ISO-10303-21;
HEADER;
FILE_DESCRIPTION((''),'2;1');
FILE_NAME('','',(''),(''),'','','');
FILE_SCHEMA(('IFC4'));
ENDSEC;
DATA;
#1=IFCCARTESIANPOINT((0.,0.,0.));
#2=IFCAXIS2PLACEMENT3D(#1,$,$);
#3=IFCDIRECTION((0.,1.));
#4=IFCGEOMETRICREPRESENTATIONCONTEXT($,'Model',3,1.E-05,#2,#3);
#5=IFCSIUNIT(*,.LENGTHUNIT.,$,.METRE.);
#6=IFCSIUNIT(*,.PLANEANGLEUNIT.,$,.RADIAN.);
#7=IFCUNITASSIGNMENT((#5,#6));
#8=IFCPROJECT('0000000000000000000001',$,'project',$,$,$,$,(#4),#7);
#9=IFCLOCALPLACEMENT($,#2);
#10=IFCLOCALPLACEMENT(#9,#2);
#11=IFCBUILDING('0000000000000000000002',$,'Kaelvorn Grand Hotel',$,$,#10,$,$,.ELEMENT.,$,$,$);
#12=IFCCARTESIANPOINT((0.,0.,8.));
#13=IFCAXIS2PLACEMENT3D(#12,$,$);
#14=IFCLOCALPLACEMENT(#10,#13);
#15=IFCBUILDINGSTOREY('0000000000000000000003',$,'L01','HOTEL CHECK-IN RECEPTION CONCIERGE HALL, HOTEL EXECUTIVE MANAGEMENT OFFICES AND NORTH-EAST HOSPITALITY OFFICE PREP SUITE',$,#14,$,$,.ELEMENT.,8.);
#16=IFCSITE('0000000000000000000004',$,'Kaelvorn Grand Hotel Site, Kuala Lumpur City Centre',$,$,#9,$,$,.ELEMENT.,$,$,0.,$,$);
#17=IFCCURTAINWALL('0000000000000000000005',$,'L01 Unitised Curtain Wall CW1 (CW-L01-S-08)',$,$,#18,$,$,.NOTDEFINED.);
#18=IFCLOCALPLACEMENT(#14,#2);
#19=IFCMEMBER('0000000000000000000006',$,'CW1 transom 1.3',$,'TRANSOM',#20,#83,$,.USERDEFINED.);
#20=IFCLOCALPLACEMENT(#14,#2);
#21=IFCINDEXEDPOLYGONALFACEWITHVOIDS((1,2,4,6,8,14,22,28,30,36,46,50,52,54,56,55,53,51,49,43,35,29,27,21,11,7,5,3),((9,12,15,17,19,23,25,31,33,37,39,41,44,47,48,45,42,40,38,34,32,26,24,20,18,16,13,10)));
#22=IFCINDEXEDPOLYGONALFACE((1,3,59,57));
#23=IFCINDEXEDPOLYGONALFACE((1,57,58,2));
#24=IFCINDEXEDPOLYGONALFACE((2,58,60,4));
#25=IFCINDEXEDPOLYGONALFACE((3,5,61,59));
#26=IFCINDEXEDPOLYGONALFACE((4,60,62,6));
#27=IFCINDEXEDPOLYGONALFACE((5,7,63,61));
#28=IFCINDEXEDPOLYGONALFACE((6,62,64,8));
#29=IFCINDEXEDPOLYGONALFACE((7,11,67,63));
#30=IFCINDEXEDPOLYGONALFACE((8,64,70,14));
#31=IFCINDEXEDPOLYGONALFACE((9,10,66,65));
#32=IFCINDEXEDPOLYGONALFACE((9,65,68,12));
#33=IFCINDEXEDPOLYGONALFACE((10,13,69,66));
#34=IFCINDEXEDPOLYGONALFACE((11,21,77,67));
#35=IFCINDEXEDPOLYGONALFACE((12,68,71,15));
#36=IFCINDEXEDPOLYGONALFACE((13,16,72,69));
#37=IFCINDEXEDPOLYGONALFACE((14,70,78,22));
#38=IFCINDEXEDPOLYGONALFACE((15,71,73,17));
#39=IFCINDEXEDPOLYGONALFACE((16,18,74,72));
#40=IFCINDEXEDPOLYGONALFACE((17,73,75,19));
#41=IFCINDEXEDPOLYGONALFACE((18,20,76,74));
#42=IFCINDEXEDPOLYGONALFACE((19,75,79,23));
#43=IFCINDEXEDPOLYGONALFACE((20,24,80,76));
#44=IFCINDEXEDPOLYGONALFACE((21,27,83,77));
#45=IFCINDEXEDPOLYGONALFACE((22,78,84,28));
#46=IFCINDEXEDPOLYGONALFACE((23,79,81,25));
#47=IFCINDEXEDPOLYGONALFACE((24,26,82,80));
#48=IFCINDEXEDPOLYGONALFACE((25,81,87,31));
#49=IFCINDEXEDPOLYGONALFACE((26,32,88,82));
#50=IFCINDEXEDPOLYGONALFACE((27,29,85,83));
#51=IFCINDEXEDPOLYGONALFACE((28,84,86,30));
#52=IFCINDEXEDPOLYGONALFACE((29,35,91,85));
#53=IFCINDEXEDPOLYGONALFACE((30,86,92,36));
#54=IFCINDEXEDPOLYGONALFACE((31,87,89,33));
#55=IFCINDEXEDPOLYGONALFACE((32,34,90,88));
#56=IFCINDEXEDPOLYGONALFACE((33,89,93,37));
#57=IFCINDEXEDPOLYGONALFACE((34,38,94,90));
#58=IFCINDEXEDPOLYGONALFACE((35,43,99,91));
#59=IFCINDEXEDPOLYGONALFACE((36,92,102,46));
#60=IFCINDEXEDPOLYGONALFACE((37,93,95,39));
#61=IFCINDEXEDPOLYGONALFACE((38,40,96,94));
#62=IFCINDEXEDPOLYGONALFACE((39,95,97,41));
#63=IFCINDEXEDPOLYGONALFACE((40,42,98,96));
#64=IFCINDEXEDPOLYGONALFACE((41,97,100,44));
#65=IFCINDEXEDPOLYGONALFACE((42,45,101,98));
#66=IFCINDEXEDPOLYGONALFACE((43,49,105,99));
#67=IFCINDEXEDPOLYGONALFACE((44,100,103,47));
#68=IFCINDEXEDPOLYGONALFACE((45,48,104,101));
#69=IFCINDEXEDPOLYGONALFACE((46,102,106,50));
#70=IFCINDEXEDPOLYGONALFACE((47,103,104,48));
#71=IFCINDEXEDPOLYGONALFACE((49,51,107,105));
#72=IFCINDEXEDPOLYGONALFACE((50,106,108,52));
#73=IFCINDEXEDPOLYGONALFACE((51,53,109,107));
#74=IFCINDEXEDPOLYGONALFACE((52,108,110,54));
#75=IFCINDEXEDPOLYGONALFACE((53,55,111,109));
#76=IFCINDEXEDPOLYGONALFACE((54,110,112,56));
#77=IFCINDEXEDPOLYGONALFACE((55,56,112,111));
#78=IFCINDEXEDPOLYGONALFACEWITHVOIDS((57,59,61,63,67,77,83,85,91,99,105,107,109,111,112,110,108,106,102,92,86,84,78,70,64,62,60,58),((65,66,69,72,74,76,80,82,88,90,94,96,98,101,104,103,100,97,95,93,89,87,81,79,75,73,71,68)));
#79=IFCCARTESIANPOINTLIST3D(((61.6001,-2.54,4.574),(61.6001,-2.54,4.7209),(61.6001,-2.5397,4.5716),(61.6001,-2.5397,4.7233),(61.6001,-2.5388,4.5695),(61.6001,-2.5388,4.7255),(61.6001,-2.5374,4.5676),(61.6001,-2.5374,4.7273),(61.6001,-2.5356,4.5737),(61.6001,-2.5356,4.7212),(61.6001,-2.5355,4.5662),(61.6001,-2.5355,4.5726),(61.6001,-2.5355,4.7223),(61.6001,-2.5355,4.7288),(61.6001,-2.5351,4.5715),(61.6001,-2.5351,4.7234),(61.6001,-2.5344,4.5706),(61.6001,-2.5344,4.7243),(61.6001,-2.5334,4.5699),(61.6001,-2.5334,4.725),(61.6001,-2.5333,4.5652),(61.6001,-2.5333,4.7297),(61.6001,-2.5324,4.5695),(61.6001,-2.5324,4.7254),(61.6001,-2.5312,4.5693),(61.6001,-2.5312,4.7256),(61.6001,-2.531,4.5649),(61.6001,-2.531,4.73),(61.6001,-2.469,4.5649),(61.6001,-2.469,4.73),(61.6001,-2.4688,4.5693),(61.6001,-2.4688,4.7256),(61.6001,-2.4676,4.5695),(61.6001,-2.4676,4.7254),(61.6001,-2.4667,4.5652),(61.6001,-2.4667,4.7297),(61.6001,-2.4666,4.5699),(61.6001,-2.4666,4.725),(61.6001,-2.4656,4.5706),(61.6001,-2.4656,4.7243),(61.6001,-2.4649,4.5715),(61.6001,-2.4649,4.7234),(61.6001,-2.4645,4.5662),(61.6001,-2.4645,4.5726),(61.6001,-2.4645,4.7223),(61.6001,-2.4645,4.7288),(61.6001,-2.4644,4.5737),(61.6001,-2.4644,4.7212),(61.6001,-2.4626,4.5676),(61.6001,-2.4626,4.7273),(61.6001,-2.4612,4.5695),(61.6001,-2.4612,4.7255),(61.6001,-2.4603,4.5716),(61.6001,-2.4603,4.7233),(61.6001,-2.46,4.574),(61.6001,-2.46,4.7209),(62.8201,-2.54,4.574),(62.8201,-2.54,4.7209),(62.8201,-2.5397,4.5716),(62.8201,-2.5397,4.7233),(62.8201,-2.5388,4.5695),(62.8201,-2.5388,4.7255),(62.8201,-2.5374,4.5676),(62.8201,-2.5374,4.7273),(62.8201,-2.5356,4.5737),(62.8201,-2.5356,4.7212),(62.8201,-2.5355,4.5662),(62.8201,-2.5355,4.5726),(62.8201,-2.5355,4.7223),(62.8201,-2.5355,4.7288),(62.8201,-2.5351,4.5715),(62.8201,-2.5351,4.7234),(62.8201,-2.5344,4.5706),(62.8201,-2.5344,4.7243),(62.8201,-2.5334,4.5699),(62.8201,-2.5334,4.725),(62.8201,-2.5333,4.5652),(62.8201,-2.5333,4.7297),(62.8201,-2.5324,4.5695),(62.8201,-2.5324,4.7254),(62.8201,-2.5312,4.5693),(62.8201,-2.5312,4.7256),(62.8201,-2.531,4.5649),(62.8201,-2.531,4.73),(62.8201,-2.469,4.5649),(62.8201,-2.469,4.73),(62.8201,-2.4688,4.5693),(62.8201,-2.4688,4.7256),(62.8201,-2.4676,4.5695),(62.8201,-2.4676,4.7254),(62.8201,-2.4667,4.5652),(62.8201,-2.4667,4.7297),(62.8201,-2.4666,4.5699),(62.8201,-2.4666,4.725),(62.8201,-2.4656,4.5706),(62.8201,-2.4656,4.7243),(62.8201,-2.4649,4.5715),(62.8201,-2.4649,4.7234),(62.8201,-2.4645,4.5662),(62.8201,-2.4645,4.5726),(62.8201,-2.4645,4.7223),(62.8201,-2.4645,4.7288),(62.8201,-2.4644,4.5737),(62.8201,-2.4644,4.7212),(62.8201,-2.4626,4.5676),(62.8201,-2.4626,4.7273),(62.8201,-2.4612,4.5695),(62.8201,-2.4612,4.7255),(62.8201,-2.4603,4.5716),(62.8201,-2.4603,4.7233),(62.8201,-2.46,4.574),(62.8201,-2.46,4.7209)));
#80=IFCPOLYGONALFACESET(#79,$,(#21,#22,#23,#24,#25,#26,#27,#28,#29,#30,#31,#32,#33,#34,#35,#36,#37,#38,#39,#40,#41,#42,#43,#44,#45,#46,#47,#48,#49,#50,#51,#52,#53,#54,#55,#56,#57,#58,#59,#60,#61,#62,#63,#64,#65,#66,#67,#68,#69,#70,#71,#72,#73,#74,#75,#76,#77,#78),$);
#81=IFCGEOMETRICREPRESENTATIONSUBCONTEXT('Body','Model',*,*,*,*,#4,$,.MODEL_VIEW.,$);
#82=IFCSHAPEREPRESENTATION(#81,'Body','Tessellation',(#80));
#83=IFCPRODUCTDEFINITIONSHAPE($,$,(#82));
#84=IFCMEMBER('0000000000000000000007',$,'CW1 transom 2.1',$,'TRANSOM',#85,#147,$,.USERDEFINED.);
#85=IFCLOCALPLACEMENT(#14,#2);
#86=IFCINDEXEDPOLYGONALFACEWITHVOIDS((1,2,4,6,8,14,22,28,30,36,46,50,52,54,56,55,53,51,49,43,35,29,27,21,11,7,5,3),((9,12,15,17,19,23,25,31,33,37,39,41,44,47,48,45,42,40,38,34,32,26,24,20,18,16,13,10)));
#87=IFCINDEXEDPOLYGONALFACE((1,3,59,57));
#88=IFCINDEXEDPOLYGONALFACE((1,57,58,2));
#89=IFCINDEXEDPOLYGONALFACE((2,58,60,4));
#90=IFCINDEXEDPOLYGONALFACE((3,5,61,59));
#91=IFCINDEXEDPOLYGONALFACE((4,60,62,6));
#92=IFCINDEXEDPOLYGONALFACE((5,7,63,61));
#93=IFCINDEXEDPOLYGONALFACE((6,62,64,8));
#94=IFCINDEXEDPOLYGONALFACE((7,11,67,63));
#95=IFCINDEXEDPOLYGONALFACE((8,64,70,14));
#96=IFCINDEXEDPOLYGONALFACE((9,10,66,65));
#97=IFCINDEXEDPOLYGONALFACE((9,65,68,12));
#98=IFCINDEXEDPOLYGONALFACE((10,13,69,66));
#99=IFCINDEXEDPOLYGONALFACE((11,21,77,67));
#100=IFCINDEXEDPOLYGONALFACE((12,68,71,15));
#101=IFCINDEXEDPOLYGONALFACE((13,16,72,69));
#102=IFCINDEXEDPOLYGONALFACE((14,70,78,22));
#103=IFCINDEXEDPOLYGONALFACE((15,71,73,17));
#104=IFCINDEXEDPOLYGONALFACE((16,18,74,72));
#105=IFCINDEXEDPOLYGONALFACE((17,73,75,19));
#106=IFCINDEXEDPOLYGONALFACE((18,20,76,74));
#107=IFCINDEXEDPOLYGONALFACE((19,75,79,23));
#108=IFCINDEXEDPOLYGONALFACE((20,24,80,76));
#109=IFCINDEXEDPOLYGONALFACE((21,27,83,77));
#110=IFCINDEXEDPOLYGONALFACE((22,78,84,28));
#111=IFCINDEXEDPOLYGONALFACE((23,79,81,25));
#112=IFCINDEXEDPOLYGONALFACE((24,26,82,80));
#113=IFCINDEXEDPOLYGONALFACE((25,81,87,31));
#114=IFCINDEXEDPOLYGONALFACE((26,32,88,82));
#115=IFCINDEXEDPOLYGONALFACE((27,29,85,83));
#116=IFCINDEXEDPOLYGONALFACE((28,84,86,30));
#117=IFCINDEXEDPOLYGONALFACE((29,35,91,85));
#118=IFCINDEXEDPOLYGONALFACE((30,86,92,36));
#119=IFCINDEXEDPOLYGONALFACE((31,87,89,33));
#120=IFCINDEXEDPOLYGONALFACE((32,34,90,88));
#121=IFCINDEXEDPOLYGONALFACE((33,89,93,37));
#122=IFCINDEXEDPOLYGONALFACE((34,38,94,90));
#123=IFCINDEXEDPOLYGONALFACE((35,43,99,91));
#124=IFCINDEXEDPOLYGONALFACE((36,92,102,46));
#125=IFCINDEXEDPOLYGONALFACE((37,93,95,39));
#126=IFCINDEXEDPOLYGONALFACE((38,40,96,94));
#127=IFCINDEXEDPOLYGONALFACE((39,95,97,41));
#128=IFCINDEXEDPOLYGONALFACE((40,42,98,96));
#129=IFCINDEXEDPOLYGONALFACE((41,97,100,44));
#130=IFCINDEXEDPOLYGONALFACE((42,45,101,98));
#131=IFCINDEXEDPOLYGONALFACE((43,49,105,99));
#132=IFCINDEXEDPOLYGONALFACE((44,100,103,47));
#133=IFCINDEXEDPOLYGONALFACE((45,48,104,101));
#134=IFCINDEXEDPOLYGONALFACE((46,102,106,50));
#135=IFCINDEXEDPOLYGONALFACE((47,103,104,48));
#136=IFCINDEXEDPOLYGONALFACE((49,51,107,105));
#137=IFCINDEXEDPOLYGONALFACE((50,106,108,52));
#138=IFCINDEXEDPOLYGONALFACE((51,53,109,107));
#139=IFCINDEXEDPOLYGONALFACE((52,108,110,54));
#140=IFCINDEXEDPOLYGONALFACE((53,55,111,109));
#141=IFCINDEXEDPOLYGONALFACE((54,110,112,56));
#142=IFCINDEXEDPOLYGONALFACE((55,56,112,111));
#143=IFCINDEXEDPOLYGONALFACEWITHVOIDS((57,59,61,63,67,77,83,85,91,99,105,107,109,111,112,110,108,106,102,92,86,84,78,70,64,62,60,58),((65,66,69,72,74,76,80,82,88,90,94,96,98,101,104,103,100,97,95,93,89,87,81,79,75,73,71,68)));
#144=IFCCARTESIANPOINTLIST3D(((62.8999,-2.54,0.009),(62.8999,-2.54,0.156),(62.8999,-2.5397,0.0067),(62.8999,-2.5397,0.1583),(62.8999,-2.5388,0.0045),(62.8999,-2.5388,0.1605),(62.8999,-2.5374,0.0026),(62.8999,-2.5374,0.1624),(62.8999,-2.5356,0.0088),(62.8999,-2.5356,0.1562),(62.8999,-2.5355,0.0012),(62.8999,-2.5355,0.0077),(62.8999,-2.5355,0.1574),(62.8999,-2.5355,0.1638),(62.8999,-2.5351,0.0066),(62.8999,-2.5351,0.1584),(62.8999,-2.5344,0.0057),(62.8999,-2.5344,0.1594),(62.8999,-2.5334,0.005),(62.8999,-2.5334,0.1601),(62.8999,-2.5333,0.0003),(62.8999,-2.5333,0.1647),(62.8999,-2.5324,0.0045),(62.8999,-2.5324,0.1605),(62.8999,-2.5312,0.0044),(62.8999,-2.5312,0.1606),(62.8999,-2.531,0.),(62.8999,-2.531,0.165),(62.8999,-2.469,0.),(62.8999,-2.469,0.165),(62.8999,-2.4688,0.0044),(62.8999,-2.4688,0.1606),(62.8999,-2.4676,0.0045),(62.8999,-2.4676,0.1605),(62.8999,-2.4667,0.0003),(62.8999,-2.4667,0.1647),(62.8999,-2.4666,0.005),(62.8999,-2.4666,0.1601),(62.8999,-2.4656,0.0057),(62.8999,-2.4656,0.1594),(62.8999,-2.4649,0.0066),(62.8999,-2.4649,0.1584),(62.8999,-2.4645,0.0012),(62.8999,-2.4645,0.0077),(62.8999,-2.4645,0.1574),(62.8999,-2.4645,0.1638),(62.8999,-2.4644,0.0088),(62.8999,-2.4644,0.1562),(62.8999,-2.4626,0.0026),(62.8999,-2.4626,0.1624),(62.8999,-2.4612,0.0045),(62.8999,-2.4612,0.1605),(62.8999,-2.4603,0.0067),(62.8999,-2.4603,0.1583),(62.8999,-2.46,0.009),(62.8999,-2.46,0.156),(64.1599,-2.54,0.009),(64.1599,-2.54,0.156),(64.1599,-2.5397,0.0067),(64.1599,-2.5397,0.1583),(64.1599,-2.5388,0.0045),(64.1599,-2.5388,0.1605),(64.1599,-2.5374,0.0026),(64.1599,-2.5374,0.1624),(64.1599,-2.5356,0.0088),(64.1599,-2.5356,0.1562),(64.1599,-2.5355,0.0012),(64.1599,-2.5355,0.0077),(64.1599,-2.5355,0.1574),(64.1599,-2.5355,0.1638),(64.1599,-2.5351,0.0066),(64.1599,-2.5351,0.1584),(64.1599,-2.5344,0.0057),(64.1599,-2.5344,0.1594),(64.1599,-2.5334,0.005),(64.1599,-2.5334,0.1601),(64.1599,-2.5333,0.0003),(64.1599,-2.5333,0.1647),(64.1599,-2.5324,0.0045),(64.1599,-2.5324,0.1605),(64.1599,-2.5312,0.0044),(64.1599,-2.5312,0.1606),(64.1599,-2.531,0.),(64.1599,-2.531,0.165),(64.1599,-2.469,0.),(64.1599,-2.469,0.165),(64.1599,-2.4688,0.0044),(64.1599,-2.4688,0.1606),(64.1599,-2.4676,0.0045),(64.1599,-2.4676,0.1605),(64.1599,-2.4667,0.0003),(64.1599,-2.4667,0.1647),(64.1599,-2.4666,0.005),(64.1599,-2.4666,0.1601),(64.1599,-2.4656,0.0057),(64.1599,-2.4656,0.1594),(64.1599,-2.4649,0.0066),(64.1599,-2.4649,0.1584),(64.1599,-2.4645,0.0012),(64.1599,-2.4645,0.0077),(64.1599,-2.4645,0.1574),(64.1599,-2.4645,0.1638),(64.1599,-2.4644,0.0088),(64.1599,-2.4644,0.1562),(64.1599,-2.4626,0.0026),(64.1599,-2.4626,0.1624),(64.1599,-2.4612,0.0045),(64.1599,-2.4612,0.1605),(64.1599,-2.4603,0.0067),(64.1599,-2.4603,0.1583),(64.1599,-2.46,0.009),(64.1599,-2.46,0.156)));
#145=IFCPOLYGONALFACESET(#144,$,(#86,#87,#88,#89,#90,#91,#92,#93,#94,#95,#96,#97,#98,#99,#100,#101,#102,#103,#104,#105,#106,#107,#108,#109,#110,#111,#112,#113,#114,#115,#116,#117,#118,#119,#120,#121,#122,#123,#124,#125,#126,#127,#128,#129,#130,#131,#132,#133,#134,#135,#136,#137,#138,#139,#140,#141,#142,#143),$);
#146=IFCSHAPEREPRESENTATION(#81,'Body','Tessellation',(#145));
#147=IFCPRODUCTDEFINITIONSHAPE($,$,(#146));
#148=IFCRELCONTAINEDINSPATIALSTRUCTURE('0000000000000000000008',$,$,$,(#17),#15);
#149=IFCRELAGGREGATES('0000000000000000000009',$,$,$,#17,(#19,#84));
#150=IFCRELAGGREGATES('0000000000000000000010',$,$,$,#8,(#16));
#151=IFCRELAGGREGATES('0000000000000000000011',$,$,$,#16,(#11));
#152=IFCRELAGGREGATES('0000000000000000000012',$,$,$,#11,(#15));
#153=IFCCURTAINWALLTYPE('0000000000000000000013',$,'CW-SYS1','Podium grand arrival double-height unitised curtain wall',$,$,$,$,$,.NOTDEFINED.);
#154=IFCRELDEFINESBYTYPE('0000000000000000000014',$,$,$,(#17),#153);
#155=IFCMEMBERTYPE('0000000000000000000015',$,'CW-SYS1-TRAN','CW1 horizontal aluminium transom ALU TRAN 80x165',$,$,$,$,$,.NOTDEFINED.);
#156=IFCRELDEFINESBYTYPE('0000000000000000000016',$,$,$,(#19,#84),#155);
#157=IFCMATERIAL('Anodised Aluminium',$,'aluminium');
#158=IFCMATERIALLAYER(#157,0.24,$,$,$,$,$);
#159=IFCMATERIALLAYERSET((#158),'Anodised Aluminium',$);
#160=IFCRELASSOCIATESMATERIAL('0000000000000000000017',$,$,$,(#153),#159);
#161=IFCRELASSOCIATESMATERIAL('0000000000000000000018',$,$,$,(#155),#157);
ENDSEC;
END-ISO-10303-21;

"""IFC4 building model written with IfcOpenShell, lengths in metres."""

from ifc_helpers import new_model, si_unit, direction, frame, origin, origin_2d, place, context, subcontext, project, spatial, hollow_rectangle, extrude, material, layer, layer_set, material_profile, profile_set, type_object, element, aggregate, save


model = new_model("IFC4")

# Units and contexts
model_context = context("Model", 3, precision=1e-05, world=origin(), true_north=direction((0.0, 1.0)))
body_context = subcontext(model_context, "Body", "Model", "MODEL_VIEW")
ifc_project = project(units=[si_unit("LENGTHUNIT", "METRE"), si_unit("PLANEANGLEUNIT", "RADIAN")], contexts=[model_context])

# Site, building, storey
site_placement = place(None, origin())
site = spatial("IfcSite", under=ifc_project, at=site_placement, Name="Kaelvorn Grand Hotel Site, Kuala Lumpur City Centre", CompositionType="ELEMENT", RefElevation=0.0)
building_placement = place(site_placement, origin())
building = spatial("IfcBuilding", under=site, at=building_placement, Name="Kaelvorn Grand Hotel", CompositionType="ELEMENT")
storey_placement = place(building_placement, frame((0.0, 0.0, 8.0)))
storey = spatial("IfcBuildingStorey", under=building, at=storey_placement, Name="L01", Description="HOTEL CHECK-IN RECEPTION CONCIERGE HALL, HOTEL EXECUTIVE MANAGEMENT OFFICES AND NORTH-EAST HOSPITALITY OFFICE PREP SUITE", CompositionType="ELEMENT", Elevation=8.0)

# Curtain wall
ifc_material_1 = material(Name="Anodised Aluminium", Category="aluminium")
ifc_layer_1 = layer(ifc_material_1, 0.24)
ifc_layer_set_1 = layer_set([ifc_layer_1], Name="Anodised Aluminium")
curtain_wall_type = type_object("IfcCurtainWallType", Name="CW-SYS1", Description="Podium grand arrival double-height unitised curtain wall", PredefinedType="NOTDEFINED", material=ifc_layer_set_1)
curtain_wall_1_placement = place(storey_placement, origin())
curtain_wall_1 = element("IfcCurtainWall", 1, at=curtain_wall_1_placement, inside=storey, type_object=curtain_wall_type, Name="L01 Unitised Curtain Wall CW1 (CW-L01-S-08)", PredefinedType="NOTDEFINED")

# Members
ifc_material_profile_1 = material_profile(ifc_material_1, hollow_rectangle(XDim=0.0801, YDim=0.165, WallThickness=0.0044, InnerFilletRadius=0.0044, OuterFilletRadius=0.009, at=origin_2d()), Name="ALU TRAN 80x165")
ifc_profile_set_1 = profile_set([ifc_material_profile_1], Name="Anodised Aluminium")
member_type_1 = type_object("IfcMemberType", Name="CW-SYS1-TRAN", Description="CW1 horizontal aluminium transom ALU TRAN 80x165", PredefinedType="NOTDEFINED", material=ifc_profile_set_1)
member_1_placement = place(storey_placement, frame((61.6001, -2.5, 4.6475), z_axis=(1.0, 0.0, 0.0), x_axis=(0.0, 1.0, 0.0)))
member_1 = element("IfcMember", 2, at=member_1_placement, type_object=member_type_1, Name="CW1 transom 1.3", ObjectType="TRANSOM", PredefinedType="USERDEFINED", context=body_context, shape_type="SweptSolid", body=[
    extrude(hollow_rectangle(XDim=0.0801, YDim=0.165, WallThickness=0.0044, InnerFilletRadius=0.0044, OuterFilletRadius=0.009, at=origin_2d()), origin(), (0.0, 0.0, 1.0), 1.22),
])
member_2_placement = place(storey_placement, frame((62.8999, -2.5, 0.0825), z_axis=(1.0, 0.0, 0.0), x_axis=(0.0, 1.0, 0.0)))
member_2 = element("IfcMember", 3, at=member_2_placement, type_object=member_type_1, Name="CW1 transom 2.1", ObjectType="TRANSOM", PredefinedType="USERDEFINED", context=body_context, shape_type="SweptSolid", body=[
    extrude(hollow_rectangle(XDim=0.0801, YDim=0.165, WallThickness=0.0044, InnerFilletRadius=0.0044, OuterFilletRadius=0.009, at=origin_2d()), origin(), (0.0, 0.0, 1.0), 1.26),
])

aggregate(curtain_wall_1, [member_1, member_2])

save(model, "model.ifc")
